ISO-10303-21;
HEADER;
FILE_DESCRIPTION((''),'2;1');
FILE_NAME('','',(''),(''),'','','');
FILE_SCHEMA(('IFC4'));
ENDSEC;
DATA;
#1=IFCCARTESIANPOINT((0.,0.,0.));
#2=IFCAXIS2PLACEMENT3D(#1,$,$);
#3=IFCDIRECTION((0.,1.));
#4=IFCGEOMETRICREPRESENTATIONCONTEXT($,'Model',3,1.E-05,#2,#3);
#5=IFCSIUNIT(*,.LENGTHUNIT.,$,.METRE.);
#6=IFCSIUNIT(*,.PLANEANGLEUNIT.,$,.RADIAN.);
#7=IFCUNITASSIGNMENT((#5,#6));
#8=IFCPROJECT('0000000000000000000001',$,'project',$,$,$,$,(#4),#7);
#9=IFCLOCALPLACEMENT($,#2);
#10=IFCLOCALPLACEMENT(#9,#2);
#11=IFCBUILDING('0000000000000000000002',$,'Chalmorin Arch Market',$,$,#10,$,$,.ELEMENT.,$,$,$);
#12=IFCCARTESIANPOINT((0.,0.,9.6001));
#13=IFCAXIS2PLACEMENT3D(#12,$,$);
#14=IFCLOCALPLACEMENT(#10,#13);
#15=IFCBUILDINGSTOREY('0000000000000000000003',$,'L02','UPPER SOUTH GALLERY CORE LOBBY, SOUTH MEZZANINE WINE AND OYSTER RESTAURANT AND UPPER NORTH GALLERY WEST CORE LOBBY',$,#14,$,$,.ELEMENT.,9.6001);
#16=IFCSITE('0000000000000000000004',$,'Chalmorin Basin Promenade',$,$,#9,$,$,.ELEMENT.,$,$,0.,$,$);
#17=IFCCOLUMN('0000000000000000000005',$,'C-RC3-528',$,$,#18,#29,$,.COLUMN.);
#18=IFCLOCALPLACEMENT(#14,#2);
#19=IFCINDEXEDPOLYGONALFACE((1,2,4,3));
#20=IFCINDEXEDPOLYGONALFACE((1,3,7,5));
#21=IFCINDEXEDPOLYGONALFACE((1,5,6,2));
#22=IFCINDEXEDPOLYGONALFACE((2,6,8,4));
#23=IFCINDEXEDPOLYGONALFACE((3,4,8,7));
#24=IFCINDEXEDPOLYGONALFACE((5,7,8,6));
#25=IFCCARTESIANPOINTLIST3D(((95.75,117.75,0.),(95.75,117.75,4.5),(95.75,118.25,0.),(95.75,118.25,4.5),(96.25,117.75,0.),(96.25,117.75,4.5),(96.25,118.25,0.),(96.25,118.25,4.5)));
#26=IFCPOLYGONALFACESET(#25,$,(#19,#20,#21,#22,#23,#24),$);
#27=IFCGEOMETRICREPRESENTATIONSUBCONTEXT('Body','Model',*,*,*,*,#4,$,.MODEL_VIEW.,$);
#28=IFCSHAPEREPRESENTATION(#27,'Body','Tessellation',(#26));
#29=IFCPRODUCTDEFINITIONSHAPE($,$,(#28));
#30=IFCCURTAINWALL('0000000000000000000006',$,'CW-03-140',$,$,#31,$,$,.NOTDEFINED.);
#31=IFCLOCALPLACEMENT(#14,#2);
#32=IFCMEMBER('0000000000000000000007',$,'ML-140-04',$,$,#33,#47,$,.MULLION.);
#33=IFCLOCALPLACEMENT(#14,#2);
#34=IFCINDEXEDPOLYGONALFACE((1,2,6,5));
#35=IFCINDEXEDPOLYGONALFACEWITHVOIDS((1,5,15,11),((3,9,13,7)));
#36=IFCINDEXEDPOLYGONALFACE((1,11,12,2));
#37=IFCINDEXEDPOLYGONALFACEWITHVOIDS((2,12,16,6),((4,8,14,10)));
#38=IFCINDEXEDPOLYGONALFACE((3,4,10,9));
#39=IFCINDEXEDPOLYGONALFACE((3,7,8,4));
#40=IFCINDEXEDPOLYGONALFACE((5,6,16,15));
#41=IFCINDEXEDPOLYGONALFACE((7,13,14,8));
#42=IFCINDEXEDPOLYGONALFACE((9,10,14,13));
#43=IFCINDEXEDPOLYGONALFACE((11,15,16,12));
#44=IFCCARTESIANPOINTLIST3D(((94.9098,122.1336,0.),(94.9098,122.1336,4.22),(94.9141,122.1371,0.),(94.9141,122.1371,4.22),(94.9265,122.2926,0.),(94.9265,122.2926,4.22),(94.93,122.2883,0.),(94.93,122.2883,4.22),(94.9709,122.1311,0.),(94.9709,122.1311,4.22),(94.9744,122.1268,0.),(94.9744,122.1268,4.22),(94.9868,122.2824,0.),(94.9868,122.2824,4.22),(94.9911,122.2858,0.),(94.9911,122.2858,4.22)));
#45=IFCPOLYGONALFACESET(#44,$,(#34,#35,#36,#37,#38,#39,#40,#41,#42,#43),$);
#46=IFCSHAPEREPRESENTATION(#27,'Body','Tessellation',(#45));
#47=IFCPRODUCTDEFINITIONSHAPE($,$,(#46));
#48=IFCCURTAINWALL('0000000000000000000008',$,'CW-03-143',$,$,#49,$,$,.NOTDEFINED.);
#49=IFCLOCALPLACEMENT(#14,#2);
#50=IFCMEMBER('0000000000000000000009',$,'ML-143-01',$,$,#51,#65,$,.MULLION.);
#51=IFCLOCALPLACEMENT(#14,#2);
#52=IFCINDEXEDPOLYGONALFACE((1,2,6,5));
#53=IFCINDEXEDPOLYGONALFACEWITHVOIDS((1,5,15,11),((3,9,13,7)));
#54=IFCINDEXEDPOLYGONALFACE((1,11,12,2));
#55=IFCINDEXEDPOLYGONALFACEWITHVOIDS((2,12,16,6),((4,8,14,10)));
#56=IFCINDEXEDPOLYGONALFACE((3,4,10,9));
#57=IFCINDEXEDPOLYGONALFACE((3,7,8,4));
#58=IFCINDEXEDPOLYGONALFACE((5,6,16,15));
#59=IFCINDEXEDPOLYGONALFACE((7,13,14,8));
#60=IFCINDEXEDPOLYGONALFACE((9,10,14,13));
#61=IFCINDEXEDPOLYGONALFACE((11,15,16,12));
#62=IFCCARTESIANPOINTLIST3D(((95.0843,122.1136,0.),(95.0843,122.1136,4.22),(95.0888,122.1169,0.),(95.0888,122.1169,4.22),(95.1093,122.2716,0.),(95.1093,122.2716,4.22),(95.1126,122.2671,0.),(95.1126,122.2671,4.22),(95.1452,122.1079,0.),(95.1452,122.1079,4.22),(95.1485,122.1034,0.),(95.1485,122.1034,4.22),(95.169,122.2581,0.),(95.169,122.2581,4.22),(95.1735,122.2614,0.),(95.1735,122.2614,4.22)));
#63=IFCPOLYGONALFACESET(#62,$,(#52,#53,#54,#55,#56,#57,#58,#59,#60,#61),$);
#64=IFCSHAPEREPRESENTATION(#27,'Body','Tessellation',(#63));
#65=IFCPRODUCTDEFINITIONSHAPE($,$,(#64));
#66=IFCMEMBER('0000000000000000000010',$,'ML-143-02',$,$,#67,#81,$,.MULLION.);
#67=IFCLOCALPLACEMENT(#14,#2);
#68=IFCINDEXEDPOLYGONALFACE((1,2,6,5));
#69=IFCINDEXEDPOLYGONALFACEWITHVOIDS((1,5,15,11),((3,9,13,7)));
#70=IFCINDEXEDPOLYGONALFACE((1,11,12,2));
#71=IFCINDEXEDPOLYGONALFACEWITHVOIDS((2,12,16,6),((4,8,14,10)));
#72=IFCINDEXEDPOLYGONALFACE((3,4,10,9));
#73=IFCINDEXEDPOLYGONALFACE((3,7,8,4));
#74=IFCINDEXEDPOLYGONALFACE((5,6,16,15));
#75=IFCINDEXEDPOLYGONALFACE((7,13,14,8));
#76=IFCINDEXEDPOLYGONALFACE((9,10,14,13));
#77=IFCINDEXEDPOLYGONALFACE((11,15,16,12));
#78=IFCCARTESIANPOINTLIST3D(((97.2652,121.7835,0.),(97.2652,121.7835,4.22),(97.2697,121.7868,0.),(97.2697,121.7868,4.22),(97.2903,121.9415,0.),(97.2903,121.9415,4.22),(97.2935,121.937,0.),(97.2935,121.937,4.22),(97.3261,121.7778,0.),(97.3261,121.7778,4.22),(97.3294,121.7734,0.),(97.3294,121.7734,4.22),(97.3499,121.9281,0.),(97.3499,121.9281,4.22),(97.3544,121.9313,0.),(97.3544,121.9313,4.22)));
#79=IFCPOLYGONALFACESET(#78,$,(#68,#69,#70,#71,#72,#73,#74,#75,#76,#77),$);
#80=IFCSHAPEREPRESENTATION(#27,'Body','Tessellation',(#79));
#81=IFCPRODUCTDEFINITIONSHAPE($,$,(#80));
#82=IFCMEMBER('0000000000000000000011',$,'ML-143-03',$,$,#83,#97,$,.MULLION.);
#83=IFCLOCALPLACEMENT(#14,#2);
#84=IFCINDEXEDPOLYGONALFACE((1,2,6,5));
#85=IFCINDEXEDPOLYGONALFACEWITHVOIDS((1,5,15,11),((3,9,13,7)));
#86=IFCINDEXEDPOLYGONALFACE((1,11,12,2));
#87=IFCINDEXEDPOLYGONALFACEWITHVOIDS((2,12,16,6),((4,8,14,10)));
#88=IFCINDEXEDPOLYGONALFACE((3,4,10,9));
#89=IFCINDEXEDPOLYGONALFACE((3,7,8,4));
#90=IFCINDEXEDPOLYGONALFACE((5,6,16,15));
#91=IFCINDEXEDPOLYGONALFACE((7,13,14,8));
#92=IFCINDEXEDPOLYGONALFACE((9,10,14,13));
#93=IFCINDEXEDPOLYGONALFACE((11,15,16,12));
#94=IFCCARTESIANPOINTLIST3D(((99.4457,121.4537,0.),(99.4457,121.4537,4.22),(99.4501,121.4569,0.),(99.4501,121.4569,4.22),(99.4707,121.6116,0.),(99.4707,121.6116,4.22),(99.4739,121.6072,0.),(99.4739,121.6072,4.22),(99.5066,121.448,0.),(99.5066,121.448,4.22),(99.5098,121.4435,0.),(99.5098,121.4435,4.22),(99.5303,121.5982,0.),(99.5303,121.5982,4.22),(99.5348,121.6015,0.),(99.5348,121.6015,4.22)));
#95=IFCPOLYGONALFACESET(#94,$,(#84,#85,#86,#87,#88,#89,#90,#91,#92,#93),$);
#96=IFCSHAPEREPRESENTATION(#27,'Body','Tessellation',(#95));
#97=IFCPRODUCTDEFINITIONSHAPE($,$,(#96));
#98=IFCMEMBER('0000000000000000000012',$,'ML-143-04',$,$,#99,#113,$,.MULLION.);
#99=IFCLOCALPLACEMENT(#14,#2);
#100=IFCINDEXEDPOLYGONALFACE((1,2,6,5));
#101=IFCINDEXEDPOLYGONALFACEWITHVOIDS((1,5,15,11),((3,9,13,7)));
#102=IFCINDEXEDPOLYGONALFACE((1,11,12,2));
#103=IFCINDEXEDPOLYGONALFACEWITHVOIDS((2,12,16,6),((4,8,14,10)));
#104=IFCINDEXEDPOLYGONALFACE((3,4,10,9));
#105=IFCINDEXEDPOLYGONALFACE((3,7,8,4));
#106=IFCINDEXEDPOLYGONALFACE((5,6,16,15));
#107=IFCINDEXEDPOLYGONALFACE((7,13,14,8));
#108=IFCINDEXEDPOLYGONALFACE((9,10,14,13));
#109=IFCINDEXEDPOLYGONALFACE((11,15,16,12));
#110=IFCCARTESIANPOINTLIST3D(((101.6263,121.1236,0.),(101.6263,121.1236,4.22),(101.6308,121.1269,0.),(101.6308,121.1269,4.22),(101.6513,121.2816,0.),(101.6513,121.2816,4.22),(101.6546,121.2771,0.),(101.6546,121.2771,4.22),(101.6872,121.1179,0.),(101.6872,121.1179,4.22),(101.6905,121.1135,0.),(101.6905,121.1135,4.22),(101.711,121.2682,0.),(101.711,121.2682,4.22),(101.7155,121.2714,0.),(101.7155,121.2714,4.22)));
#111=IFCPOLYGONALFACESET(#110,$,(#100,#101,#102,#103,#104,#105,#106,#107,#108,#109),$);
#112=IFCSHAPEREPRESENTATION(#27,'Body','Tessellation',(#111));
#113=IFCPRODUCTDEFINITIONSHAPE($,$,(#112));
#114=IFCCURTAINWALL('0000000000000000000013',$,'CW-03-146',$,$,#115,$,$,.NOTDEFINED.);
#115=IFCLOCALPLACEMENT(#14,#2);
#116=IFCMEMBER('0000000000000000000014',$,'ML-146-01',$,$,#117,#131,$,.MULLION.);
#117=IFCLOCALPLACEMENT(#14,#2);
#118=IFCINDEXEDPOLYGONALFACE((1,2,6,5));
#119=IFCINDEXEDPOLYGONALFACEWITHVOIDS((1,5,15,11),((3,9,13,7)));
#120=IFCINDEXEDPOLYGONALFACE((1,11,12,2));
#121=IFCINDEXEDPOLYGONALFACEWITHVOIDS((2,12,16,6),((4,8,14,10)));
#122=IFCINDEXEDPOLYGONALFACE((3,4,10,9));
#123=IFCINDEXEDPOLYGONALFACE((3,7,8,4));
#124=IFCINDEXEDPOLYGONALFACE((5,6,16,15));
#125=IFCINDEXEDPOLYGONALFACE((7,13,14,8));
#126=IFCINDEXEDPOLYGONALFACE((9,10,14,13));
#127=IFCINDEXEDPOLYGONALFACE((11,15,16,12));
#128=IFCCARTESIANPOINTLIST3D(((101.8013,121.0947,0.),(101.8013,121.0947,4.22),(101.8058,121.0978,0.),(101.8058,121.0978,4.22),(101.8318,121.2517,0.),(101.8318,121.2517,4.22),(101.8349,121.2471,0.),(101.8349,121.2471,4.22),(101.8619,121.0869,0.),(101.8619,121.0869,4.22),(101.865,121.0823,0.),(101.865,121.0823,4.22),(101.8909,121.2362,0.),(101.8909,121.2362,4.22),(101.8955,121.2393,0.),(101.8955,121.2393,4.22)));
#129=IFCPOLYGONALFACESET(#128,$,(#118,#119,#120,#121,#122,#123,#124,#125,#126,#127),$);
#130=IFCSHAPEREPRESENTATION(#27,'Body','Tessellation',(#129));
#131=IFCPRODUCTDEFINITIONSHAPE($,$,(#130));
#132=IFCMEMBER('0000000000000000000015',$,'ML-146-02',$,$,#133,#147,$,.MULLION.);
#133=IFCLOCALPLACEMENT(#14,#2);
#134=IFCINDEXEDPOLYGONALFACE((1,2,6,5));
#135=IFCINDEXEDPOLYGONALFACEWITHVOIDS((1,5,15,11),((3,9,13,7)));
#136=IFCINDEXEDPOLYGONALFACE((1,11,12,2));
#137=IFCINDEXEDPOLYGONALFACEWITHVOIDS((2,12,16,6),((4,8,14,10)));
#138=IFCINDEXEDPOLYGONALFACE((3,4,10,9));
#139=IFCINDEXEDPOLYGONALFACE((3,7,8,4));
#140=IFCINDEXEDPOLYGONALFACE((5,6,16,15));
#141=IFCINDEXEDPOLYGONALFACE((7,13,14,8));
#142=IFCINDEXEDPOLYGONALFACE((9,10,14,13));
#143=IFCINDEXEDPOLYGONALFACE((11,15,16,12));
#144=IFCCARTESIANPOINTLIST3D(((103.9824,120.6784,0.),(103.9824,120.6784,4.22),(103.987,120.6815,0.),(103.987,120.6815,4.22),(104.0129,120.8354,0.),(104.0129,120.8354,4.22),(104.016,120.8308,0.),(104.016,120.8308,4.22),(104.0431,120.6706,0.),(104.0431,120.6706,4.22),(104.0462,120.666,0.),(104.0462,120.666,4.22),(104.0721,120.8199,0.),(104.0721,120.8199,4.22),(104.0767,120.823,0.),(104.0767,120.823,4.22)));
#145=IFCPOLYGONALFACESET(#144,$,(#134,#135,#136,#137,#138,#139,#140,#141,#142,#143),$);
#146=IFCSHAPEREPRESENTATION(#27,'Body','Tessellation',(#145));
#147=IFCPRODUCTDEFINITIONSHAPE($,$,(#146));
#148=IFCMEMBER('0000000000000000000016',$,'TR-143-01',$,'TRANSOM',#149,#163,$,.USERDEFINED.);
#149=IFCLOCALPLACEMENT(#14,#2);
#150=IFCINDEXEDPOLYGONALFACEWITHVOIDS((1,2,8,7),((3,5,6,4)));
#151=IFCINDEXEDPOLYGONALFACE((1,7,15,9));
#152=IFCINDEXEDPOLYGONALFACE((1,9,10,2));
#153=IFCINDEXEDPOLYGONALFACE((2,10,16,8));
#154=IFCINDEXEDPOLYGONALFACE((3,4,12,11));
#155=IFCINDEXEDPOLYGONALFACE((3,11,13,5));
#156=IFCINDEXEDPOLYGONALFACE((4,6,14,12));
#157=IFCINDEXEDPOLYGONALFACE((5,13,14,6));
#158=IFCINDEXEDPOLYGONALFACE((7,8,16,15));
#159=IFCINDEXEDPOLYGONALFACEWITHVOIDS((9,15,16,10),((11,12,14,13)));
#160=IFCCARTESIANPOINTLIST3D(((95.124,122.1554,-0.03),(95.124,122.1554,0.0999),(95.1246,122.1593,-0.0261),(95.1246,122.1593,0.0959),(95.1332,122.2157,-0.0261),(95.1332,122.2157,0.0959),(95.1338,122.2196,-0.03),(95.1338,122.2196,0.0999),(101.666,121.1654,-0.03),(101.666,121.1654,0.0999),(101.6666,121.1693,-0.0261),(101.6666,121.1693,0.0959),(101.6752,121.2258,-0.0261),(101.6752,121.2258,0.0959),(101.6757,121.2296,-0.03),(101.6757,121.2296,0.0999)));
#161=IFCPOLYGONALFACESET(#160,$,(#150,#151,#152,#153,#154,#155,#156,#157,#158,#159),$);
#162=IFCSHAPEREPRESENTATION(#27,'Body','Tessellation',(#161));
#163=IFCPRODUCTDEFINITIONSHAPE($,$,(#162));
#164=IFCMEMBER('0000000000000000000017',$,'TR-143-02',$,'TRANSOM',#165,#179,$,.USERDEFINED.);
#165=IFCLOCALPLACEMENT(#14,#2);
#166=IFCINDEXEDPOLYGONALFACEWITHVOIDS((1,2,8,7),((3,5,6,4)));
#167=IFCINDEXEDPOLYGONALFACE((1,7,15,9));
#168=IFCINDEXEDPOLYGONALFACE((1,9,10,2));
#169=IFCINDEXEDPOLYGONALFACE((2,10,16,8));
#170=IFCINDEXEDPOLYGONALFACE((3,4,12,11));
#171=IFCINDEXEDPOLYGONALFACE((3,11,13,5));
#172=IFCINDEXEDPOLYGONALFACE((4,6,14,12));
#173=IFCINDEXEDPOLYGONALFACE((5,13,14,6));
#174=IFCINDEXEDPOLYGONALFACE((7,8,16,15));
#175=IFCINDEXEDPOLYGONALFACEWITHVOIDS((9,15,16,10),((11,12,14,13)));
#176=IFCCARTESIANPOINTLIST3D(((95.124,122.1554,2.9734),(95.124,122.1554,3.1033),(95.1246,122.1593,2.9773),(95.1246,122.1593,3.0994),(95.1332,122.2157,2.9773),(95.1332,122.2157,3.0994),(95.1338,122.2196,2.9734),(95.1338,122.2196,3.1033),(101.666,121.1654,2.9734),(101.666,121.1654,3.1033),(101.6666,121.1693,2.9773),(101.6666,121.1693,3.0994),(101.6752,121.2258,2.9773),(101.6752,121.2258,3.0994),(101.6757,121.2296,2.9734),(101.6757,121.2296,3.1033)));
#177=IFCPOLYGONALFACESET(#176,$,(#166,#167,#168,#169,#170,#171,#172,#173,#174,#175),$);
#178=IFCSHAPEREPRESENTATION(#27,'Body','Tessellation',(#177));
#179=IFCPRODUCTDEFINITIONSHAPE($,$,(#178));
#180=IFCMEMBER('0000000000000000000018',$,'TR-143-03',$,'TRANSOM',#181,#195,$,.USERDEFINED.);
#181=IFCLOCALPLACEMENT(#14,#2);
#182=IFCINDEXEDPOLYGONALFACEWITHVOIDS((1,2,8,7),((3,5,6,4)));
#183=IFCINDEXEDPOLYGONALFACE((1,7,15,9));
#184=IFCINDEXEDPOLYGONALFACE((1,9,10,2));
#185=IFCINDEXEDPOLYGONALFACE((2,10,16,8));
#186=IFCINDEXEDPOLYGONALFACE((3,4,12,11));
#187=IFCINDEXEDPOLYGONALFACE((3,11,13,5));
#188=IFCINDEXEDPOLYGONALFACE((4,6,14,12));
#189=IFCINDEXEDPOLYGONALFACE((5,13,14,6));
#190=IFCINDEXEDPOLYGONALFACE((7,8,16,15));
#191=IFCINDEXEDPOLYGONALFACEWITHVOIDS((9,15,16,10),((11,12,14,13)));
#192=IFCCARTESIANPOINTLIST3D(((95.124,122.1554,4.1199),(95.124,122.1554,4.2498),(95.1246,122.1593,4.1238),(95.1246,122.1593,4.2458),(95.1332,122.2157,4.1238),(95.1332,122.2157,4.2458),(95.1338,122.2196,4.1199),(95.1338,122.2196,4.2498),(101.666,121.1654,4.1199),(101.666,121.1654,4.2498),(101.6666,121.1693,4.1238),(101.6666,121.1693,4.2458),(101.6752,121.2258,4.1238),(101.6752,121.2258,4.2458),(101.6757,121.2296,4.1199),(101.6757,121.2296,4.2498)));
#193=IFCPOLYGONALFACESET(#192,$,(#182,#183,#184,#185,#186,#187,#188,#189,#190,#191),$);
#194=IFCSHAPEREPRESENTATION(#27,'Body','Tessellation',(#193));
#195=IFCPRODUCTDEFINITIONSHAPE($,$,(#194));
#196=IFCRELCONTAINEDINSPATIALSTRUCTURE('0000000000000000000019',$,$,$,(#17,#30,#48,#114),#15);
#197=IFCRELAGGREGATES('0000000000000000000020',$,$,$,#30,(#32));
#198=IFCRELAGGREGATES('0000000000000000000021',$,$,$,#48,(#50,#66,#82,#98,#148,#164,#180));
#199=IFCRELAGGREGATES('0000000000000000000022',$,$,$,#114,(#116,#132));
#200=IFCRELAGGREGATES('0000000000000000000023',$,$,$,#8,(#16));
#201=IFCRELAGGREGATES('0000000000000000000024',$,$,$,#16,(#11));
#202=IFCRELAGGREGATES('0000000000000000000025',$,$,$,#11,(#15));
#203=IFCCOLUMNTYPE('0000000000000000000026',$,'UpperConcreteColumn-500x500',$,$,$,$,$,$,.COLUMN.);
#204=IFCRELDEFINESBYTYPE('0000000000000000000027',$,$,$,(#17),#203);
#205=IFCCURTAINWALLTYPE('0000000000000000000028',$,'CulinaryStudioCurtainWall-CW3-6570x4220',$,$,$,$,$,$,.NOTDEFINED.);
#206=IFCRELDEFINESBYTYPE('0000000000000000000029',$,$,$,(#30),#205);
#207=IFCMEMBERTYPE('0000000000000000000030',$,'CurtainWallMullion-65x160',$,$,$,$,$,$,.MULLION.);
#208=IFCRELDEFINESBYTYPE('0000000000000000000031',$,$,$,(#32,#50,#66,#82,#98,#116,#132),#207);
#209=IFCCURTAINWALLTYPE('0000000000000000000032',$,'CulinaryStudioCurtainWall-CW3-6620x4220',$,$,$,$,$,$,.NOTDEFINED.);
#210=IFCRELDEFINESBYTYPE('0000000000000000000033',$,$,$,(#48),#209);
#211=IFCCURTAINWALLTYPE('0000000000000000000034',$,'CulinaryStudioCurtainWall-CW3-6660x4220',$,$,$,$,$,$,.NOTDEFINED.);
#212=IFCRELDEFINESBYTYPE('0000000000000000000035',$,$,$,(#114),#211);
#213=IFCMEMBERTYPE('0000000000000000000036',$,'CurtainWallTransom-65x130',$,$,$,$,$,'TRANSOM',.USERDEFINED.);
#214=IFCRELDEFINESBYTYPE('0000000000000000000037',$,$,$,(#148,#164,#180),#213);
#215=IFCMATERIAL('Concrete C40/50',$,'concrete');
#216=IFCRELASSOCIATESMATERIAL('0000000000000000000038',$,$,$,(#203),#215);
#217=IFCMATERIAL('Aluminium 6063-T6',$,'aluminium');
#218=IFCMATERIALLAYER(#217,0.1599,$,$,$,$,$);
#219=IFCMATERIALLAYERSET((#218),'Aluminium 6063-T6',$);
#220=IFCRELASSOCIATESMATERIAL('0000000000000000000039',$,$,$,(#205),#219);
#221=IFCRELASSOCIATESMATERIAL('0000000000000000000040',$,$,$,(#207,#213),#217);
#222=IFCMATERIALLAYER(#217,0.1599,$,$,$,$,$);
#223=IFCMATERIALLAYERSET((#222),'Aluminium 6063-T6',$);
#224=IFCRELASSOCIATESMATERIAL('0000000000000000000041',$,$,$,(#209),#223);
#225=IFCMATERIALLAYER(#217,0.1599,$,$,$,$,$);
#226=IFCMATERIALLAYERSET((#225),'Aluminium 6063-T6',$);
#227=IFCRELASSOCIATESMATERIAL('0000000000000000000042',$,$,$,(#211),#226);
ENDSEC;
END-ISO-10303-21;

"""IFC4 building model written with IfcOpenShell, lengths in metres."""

from ifc_helpers import new_model, si_unit, direction, frame, origin, origin_2d, place, context, subcontext, project, spatial, rectangle, hollow_rectangle, extrude, material, layer, layer_set, material_profile, profile_set, type_object, element, aggregate, save


model = new_model("IFC4")

# Units and contexts
model_context = context("Model", 3, precision=1e-05, world=origin(), true_north=direction((0.0, 1.0)))
body_context = subcontext(model_context, "Body", "Model", "MODEL_VIEW")
ifc_project = project(units=[si_unit("LENGTHUNIT", "METRE"), si_unit("PLANEANGLEUNIT", "RADIAN")], contexts=[model_context])

# Site, building, storey
site_placement = place(None, origin())
site = spatial("IfcSite", under=ifc_project, at=site_placement, Name="Chalmorin Basin Promenade", CompositionType="ELEMENT", RefElevation=0.0)
building_placement = place(site_placement, origin())
building = spatial("IfcBuilding", under=site, at=building_placement, Name="Chalmorin Arch Market", CompositionType="ELEMENT")
storey_placement = place(building_placement, frame((0.0, 0.0, 9.6001)))
storey = spatial("IfcBuildingStorey", under=building, at=storey_placement, Name="L02", Description="UPPER SOUTH GALLERY CORE LOBBY, SOUTH MEZZANINE WINE AND OYSTER RESTAURANT AND UPPER NORTH GALLERY WEST CORE LOBBY", CompositionType="ELEMENT", Elevation=9.6001)

# Column
ifc_material_1 = material(Name="Concrete C40/50", Category="concrete")
ifc_material_profile_1 = material_profile(ifc_material_1, rectangle(XDim=0.5, YDim=0.5, at=origin_2d()), Name="RC500X500")
ifc_profile_set_1 = profile_set([ifc_material_profile_1], Name="Concrete C40/50")
column_type = type_object("IfcColumnType", Name="UpperConcreteColumn-500x500", PredefinedType="COLUMN", material=ifc_profile_set_1)
column_placement = place(storey_placement, frame((96.0, 118.0, 0.0), z_axis=(0.0, 0.0, 1.0), x_axis=(1.0, 0.0, 0.0)))
element("IfcColumn", 1, at=column_placement, inside=storey, type_object=column_type, Name="C-RC3-528", PredefinedType="COLUMN", context=body_context, shape_type="SweptSolid", body=[
    extrude(rectangle(XDim=0.5, YDim=0.5, at=origin_2d()), origin(), (0.0, 0.0, 1.0), 4.5),
])

# Curtain wall, member
ifc_material_2 = material(Name="Aluminium 6063-T6", Category="aluminium")
ifc_layer_1 = layer(ifc_material_2, 0.1599)
ifc_layer_set_1 = layer_set([ifc_layer_1], Name="Aluminium 6063-T6")
curtain_wall_type_1 = type_object("IfcCurtainWallType", Name="CulinaryStudioCurtainWall-CW3-6570x4220", PredefinedType="NOTDEFINED", material=ifc_layer_set_1)
curtain_wall_1_placement = place(storey_placement, origin())
curtain_wall_1 = element("IfcCurtainWall", 2, at=curtain_wall_1_placement, inside=storey, type_object=curtain_wall_type_1, Name="CW-03-140", PredefinedType="NOTDEFINED")
ifc_material_profile_2 = material_profile(ifc_material_2, hollow_rectangle(XDim=0.0649, YDim=0.1599, WallThickness=0.0039, at=origin_2d()), Name="ALU65X160X4")
ifc_profile_set_2 = profile_set([ifc_material_profile_2], Name="Aluminium 6063-T6")
member_type_1 = type_object("IfcMemberType", Name="CurtainWallMullion-65x160", PredefinedType="MULLION", material=ifc_profile_set_2)
member_1_placement = place(storey_placement, frame((94.9504, 122.2097, 0.0), z_axis=(0.0, 0.0, 1.0), x_axis=(0.994522, -0.104528, 0.0)))
member_1 = element("IfcMember", 3, at=member_1_placement, type_object=member_type_1, Name="ML-140-04", PredefinedType="MULLION", context=body_context, shape_type="SweptSolid", body=[
    extrude(hollow_rectangle(XDim=0.0649, YDim=0.1599, WallThickness=0.0039, at=origin_2d()), origin(), (0.0, 0.0, 1.0), 4.22),
])
aggregate(curtain_wall_1, [member_1])

# Curtain walls, members
ifc_layer_2 = layer(ifc_material_2, 0.1599)
ifc_layer_set_2 = layer_set([ifc_layer_2], Name="Aluminium 6063-T6")
curtain_wall_type_2 = type_object("IfcCurtainWallType", Name="CulinaryStudioCurtainWall-CW3-6620x4220", PredefinedType="NOTDEFINED", material=ifc_layer_set_2)
curtain_wall_2_placement = place(storey_placement, origin())
curtain_wall_2 = element("IfcCurtainWall", 4, at=curtain_wall_2_placement, inside=storey, type_object=curtain_wall_type_2, Name="CW-03-143", PredefinedType="NOTDEFINED")
member_2_placement = place(storey_placement, frame((95.1289, 122.1875, 0.0), z_axis=(0.0, 0.0, 1.0), x_axis=(0.987688, -0.156434, 0.0)))
member_2 = element("IfcMember", 5, at=member_2_placement, type_object=member_type_1, Name="ML-143-01", PredefinedType="MULLION", context=body_context, shape_type="SweptSolid", body=[
    extrude(hollow_rectangle(XDim=0.0649, YDim=0.1599, WallThickness=0.0039, at=origin_2d()), origin(), (0.0, 0.0, 1.0), 4.22),
])
member_3_placement = place(storey_placement, frame((97.3098, 121.8574, 0.0), z_axis=(0.0, 0.0, 1.0), x_axis=(0.987688, -0.156434, 0.0)))
member_3 = element("IfcMember", 6, at=member_3_placement, type_object=member_type_1, Name="ML-143-02", PredefinedType="MULLION", context=body_context, shape_type="SweptSolid", body=[
    extrude(hollow_rectangle(XDim=0.0649, YDim=0.1599, WallThickness=0.0039, at=origin_2d()), origin(), (0.0, 0.0, 1.0), 4.22),
])
member_4_placement = place(storey_placement, frame((99.4902, 121.5276, 0.0), z_axis=(0.0, 0.0, 1.0), x_axis=(0.987688, -0.156434, 0.0)))
member_4 = element("IfcMember", 7, at=member_4_placement, type_object=member_type_1, Name="ML-143-03", PredefinedType="MULLION", context=body_context, shape_type="SweptSolid", body=[
    extrude(hollow_rectangle(XDim=0.0649, YDim=0.1599, WallThickness=0.0039, at=origin_2d()), origin(), (0.0, 0.0, 1.0), 4.22),
])
member_5_placement = place(storey_placement, frame((101.6709, 121.1975, 0.0), z_axis=(0.0, 0.0, 1.0), x_axis=(0.987688, -0.156434, 0.0)))
member_5 = element("IfcMember", 8, at=member_5_placement, type_object=member_type_1, Name="ML-143-04", PredefinedType="MULLION", context=body_context, shape_type="SweptSolid", body=[
    extrude(hollow_rectangle(XDim=0.0649, YDim=0.1599, WallThickness=0.0039, at=origin_2d()), origin(), (0.0, 0.0, 1.0), 4.22),
])
ifc_layer_3 = layer(ifc_material_2, 0.1599)
ifc_layer_set_3 = layer_set([ifc_layer_3], Name="Aluminium 6063-T6")
curtain_wall_type_3 = type_object("IfcCurtainWallType", Name="CulinaryStudioCurtainWall-CW3-6660x4220", PredefinedType="NOTDEFINED", material=ifc_layer_set_3)
curtain_wall_3_placement = place(storey_placement, origin())
curtain_wall_3 = element("IfcCurtainWall", 9, at=curtain_wall_3_placement, inside=storey, type_object=curtain_wall_type_3, Name="CW-03-146", PredefinedType="NOTDEFINED")
member_6_placement = place(storey_placement, frame((101.8484, 121.167, 0.0), z_axis=(0.0, 0.0, 1.0), x_axis=(0.981627, -0.190809, 0.0)))
member_6 = element("IfcMember", 10, at=member_6_placement, type_object=member_type_1, Name="ML-146-01", PredefinedType="MULLION", context=body_context, shape_type="SweptSolid", body=[
    extrude(hollow_rectangle(XDim=0.0649, YDim=0.1599, WallThickness=0.0039, at=origin_2d()), origin(), (0.0, 0.0, 1.0), 4.22),
])
member_7_placement = place(storey_placement, frame((104.0295, 120.7507, 0.0), z_axis=(0.0, 0.0, 1.0), x_axis=(0.981627, -0.190809, 0.0)))
member_7 = element("IfcMember", 11, at=member_7_placement, type_object=member_type_1, Name="ML-146-02", PredefinedType="MULLION", context=body_context, shape_type="SweptSolid", body=[
    extrude(hollow_rectangle(XDim=0.0649, YDim=0.1599, WallThickness=0.0039, at=origin_2d()), origin(), (0.0, 0.0, 1.0), 4.22),
])

# Members
ifc_material_profile_3 = material_profile(ifc_material_2, hollow_rectangle(XDim=0.0649, YDim=0.1299, WallThickness=0.0039, at=origin_2d()), Name="ALU65X130X4")
ifc_profile_set_3 = profile_set([ifc_material_profile_3], Name="Aluminium 6063-T6")
member_type_2 = type_object("IfcMemberType", Name="CurtainWallTransom-65x130", ElementType="TRANSOM", PredefinedType="USERDEFINED", material=ifc_profile_set_3)
member_8_placement = place(storey_placement, frame((95.1289, 122.1875, 0.0349), z_axis=(0.988743, -0.149625, 0.0), x_axis=(0.149625, 0.988743, 0.0)))
member_8 = element("IfcMember", 12, at=member_8_placement, type_object=member_type_2, Name="TR-143-01", ObjectType="TRANSOM", PredefinedType="USERDEFINED", context=body_context, shape_type="SweptSolid", body=[
    extrude(hollow_rectangle(XDim=0.0649, YDim=0.1299, WallThickness=0.0039, at=origin_2d()), origin(), (0.0, 0.0, 1.0), 6.6165),
])
member_9_placement = place(storey_placement, frame((95.1289, 122.1875, 3.0383), z_axis=(0.988743, -0.149625, 0.0), x_axis=(0.149625, 0.988743, 0.0)))
member_9 = element("IfcMember", 13, at=member_9_placement, type_object=member_type_2, Name="TR-143-02", ObjectType="TRANSOM", PredefinedType="USERDEFINED", context=body_context, shape_type="SweptSolid", body=[
    extrude(hollow_rectangle(XDim=0.0649, YDim=0.1299, WallThickness=0.0039, at=origin_2d()), origin(), (0.0, 0.0, 1.0), 6.6165),
])
member_10_placement = place(storey_placement, frame((95.1289, 122.1875, 4.1848), z_axis=(0.988743, -0.149625, 0.0), x_axis=(0.149625, 0.988743, 0.0)))
member_10 = element("IfcMember", 14, at=member_10_placement, type_object=member_type_2, Name="TR-143-03", ObjectType="TRANSOM", PredefinedType="USERDEFINED", context=body_context, shape_type="SweptSolid", body=[
    extrude(hollow_rectangle(XDim=0.0649, YDim=0.1299, WallThickness=0.0039, at=origin_2d()), origin(), (0.0, 0.0, 1.0), 6.6165),
])

aggregate(curtain_wall_2, [member_2, member_3, member_4, member_5, member_8, member_9, member_10])
aggregate(curtain_wall_3, [member_6, member_7])

save(model, "model.ifc")
